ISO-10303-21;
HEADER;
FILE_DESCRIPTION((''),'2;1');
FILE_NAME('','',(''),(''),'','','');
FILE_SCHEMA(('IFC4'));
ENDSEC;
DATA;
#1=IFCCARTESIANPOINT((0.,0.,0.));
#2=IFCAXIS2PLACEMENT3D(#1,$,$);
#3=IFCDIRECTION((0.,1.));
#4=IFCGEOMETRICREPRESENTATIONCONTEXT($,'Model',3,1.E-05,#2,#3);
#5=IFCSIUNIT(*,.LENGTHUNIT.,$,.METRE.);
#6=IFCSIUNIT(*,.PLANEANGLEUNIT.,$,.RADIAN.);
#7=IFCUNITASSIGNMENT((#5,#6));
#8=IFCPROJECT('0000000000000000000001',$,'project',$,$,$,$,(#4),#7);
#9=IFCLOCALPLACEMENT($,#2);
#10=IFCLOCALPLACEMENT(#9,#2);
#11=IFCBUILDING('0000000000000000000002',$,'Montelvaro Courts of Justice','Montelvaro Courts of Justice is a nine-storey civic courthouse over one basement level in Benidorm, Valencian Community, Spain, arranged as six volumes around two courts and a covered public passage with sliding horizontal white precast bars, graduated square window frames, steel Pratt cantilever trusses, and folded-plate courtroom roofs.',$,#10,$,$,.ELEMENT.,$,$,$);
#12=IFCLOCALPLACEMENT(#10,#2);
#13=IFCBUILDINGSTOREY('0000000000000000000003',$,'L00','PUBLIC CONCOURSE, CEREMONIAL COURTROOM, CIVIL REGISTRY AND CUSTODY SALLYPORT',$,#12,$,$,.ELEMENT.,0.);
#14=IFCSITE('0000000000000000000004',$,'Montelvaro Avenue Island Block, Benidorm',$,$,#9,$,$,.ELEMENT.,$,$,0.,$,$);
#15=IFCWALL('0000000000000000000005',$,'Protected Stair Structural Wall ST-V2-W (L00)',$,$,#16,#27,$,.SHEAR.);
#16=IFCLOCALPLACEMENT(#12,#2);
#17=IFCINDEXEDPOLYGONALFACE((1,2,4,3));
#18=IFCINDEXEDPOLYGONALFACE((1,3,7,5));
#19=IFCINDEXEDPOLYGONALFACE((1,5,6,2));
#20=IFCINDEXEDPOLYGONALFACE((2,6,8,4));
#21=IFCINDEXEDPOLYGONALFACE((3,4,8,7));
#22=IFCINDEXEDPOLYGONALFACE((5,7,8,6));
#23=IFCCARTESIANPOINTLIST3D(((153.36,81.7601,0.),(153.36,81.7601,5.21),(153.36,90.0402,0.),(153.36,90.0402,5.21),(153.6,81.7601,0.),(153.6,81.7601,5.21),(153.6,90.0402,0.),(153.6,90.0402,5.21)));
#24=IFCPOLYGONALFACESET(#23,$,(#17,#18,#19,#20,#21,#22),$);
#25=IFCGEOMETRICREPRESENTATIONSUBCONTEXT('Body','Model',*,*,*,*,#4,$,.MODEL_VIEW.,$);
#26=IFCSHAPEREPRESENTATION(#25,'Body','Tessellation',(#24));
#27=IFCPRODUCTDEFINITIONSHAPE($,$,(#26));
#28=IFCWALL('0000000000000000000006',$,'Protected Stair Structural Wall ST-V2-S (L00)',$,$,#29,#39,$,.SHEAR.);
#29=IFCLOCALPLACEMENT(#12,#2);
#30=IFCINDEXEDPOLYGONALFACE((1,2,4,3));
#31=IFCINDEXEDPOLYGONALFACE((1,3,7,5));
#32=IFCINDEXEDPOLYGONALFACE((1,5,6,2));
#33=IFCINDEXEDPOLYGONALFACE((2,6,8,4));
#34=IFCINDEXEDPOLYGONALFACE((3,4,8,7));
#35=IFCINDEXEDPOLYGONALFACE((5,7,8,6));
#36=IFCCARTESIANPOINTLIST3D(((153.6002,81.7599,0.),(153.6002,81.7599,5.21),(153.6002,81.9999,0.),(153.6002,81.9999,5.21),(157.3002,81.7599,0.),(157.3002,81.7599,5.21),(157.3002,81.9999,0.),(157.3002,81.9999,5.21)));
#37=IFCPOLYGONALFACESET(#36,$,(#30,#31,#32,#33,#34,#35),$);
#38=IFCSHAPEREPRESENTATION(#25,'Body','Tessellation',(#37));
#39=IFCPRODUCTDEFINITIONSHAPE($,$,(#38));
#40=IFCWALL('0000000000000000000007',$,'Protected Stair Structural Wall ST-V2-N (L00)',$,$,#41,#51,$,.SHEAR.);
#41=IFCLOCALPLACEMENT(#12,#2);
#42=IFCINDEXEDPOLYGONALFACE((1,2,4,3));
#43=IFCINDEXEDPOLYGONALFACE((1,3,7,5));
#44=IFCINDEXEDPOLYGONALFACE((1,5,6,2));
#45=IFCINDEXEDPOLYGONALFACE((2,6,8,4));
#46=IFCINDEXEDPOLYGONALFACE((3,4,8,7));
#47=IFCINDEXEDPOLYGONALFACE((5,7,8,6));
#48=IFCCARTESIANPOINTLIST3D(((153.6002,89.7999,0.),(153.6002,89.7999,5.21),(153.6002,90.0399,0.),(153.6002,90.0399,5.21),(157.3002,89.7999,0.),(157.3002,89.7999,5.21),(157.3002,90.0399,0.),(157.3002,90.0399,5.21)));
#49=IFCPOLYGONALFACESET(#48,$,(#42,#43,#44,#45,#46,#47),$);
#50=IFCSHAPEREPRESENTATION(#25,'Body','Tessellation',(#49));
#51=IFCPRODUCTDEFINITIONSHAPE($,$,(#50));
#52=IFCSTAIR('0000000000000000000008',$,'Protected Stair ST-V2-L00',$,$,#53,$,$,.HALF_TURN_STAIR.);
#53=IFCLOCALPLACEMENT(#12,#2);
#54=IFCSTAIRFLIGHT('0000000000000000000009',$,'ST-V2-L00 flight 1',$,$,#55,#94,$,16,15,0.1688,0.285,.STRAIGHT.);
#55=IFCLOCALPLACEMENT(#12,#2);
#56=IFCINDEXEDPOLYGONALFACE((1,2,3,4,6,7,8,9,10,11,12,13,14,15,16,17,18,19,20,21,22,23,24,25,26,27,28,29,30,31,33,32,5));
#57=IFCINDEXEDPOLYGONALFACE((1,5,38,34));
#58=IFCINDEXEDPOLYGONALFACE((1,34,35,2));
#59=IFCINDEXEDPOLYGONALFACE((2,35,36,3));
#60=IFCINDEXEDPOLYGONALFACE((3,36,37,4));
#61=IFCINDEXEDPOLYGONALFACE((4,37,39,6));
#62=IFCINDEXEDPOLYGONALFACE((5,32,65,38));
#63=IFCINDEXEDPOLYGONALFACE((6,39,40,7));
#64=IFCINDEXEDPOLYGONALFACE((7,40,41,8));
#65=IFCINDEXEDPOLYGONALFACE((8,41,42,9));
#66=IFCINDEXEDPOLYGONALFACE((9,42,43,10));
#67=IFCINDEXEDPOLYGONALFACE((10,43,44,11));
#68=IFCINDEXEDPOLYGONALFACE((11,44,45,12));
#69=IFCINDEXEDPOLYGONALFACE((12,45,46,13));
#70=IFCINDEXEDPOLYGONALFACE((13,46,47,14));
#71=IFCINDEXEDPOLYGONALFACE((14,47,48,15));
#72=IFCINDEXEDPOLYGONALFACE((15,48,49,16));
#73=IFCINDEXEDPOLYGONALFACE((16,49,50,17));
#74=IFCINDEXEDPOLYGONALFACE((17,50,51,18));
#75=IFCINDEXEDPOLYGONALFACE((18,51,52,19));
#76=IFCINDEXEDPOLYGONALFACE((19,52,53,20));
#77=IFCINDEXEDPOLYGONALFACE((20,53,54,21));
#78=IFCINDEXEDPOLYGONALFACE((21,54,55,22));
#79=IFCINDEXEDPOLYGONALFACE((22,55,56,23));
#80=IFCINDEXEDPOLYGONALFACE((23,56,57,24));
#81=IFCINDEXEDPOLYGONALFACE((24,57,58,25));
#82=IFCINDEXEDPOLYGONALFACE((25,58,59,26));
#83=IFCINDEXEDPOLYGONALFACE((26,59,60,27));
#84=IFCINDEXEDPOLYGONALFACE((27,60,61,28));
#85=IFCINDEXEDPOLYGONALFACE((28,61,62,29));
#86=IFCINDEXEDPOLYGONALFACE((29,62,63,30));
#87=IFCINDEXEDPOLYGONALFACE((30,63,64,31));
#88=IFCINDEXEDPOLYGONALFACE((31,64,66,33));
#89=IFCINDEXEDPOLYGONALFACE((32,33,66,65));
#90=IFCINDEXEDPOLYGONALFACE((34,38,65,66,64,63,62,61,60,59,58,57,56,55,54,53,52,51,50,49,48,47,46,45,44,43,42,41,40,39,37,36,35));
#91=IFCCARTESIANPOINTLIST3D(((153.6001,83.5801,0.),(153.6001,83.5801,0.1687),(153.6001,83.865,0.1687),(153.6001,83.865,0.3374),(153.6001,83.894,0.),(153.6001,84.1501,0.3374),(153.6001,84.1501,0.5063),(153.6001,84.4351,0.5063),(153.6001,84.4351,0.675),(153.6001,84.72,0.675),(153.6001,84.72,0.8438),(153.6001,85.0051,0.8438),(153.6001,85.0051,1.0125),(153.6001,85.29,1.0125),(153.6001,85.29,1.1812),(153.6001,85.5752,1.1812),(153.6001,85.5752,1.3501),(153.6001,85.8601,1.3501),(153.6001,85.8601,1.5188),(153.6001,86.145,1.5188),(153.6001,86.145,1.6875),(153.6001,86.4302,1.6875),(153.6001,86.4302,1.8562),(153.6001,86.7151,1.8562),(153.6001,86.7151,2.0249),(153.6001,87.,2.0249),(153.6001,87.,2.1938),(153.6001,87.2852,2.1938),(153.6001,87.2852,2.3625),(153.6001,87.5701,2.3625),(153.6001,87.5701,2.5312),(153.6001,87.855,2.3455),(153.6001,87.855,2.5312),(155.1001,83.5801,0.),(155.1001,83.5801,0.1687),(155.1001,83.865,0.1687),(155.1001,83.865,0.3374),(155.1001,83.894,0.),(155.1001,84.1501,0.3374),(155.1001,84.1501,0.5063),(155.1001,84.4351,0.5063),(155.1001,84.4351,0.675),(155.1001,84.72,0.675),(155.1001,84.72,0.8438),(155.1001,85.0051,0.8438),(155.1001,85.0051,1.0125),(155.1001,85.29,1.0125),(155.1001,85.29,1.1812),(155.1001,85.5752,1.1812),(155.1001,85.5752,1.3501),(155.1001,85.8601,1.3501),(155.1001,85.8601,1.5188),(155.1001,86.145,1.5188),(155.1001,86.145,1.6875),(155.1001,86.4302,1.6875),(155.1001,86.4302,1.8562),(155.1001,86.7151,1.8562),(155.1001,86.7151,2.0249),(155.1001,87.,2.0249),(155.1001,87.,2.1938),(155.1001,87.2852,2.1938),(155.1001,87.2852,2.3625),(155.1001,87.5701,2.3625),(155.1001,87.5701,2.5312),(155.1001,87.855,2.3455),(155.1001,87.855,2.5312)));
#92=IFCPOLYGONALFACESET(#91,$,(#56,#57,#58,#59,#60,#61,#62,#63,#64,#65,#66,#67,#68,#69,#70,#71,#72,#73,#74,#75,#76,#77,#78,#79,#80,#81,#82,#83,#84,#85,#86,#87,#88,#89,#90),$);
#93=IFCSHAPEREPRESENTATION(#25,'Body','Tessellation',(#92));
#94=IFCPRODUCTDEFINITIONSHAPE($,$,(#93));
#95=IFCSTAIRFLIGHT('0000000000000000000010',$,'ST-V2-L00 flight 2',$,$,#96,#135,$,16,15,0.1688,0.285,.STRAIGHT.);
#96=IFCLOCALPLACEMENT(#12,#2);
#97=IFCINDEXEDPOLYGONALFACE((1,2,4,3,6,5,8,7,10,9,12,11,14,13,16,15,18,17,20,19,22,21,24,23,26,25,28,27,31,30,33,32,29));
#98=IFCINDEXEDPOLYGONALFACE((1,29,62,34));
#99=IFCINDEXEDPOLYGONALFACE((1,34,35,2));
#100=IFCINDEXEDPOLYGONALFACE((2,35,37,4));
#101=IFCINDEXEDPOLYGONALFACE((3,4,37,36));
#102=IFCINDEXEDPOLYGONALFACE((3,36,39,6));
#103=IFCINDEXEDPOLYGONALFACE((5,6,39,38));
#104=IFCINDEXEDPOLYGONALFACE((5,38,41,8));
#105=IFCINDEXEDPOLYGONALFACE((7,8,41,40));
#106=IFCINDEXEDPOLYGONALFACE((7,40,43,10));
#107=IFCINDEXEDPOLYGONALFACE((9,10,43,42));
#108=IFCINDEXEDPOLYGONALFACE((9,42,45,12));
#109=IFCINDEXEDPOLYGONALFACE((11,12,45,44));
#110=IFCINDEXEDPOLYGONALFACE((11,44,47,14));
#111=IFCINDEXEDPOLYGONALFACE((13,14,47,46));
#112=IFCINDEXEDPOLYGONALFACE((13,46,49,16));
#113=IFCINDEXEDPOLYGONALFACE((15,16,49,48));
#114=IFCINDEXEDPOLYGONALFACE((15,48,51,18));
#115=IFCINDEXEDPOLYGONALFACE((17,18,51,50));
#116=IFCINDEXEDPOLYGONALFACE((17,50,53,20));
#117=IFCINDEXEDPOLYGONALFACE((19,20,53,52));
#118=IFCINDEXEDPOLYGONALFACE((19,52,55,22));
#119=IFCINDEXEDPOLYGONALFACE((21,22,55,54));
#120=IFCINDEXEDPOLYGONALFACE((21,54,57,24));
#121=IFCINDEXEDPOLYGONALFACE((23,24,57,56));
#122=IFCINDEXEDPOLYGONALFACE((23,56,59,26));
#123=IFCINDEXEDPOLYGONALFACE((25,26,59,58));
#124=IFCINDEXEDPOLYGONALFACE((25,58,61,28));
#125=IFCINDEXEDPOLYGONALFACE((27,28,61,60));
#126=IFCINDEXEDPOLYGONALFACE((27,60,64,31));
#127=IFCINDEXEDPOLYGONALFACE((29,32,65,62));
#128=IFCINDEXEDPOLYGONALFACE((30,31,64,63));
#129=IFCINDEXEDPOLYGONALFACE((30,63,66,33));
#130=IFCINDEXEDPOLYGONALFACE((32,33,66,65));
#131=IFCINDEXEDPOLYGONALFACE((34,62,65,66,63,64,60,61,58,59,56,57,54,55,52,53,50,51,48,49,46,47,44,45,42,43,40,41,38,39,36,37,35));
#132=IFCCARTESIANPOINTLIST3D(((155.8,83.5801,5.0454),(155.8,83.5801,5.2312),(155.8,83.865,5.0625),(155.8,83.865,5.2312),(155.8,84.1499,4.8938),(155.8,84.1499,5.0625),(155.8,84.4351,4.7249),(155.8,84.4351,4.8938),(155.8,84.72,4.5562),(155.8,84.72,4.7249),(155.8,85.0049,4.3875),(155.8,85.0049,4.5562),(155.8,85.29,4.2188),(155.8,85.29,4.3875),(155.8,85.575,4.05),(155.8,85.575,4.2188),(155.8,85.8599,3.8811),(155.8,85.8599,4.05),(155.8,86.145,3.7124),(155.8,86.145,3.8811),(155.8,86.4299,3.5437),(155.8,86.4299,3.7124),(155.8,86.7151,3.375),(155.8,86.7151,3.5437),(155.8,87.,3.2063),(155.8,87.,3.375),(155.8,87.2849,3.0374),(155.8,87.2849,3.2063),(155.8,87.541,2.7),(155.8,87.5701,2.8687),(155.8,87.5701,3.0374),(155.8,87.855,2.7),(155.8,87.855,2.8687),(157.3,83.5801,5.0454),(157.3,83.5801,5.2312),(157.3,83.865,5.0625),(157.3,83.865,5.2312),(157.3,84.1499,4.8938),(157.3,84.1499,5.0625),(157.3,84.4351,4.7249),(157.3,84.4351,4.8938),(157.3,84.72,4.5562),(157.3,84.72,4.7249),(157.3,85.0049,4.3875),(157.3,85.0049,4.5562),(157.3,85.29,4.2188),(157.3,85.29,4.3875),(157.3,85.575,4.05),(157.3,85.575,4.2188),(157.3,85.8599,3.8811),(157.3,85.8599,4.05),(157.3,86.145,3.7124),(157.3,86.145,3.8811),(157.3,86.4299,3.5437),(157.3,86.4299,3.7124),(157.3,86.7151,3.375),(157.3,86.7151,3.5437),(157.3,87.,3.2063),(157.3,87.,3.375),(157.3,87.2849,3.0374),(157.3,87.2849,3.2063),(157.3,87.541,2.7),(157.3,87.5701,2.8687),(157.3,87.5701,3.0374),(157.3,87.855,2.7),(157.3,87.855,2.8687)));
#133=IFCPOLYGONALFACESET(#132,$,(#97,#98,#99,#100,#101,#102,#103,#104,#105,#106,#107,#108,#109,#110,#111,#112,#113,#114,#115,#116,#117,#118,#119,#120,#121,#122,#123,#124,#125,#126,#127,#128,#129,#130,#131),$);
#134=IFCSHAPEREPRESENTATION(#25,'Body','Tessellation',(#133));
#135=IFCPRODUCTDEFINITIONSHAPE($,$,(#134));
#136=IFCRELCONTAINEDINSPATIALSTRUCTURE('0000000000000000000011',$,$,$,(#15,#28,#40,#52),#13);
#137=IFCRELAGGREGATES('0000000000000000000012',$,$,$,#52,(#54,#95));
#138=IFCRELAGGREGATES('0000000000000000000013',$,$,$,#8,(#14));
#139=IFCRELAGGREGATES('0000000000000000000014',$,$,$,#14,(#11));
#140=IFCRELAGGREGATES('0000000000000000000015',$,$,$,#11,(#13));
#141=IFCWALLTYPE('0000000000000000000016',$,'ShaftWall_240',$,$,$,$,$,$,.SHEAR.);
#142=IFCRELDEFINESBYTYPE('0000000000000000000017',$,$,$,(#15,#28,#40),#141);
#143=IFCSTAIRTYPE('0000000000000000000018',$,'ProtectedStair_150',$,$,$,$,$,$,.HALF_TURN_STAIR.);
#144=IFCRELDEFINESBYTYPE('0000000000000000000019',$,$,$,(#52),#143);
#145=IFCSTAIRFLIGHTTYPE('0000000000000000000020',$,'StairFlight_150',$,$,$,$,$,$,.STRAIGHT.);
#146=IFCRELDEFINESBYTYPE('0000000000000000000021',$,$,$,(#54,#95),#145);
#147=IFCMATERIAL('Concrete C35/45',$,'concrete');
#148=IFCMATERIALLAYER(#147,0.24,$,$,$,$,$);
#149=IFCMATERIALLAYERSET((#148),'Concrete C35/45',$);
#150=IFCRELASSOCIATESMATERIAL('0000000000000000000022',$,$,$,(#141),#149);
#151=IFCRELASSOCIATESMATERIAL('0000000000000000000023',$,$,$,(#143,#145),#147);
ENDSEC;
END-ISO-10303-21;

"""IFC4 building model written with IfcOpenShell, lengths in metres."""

from ifc_helpers import new_model, si_unit, direction, frame, frame_2d, origin, place, context, subcontext, project, spatial, polyline, rectangle, outline, extrude, material, layer, layer_set, type_object, element, aggregate, save


model = new_model("IFC4")

# Units and contexts
model_context = context("Model", 3, precision=1e-05, world=origin(), true_north=direction((0.0, 1.0)))
body_context = subcontext(model_context, "Body", "Model", "MODEL_VIEW")
ifc_project = project(units=[si_unit("LENGTHUNIT", "METRE"), si_unit("PLANEANGLEUNIT", "RADIAN")], contexts=[model_context])

# Site, building, storey
site_placement = place(None, origin())
site = spatial("IfcSite", under=ifc_project, at=site_placement, Name="Montelvaro Avenue Island Block, Benidorm", CompositionType="ELEMENT", RefElevation=0.0)
building_placement = place(site_placement, origin())
building = spatial("IfcBuilding", under=site, at=building_placement, Name="Montelvaro Courts of Justice", Description="Montelvaro Courts of Justice is a nine-storey civic courthouse over one basement level in Benidorm, Valencian Community, Spain, arranged as six volumes around two courts and a covered public passage with sliding horizontal white precast bars, graduated square window frames, steel Pratt cantilever trusses, and folded-plate courtroom roofs.", CompositionType="ELEMENT")
storey_placement = place(building_placement, origin())
storey = spatial("IfcBuildingStorey", under=building, at=storey_placement, Name="L00", Description="PUBLIC CONCOURSE, CEREMONIAL COURTROOM, CIVIL REGISTRY AND CUSTODY SALLYPORT", CompositionType="ELEMENT", Elevation=0.0)

# Walls
ifc_material_1 = material(Name="Concrete C35/45", Category="concrete")
ifc_layer_1 = layer(ifc_material_1, 0.24)
ifc_layer_set_1 = layer_set([ifc_layer_1], Name="Concrete C35/45")
wall_type_1 = type_object("IfcWallType", Name="ShaftWall_240", PredefinedType="SHEAR", material=ifc_layer_set_1)
wall_1_placement = place(storey_placement, frame((153.48, 81.76, 0.0), z_axis=(0.0, 0.0, 1.0), x_axis=(0.0, 1.0, 0.0)))
element("IfcWall", 1, at=wall_1_placement, inside=storey, type_object=wall_type_1, Name="Protected Stair Structural Wall ST-V2-W (L00)", PredefinedType="SHEAR", context=body_context, shape_type="SweptSolid", body=[
    extrude(rectangle(XDim=8.28, YDim=0.24, at=frame_2d((4.1401, 0.0))), origin(), (0.0, 0.0, 1.0), 5.21),
])
for number, where, z_axis, x_axis, name in (
    (2, (153.6001, 81.8799, 0.0), (0.0, 0.0, 1.0), (1.0, 0.0, 0.0), "Protected Stair Structural Wall ST-V2-S (L00)"),
    (3, (153.6001, 89.9199, 0.0), (0.0, 0.0, 1.0), (1.0, 0.0, 0.0), "Protected Stair Structural Wall ST-V2-N (L00)"),
):
    element("IfcWall", number, at=place(storey_placement, frame(where, z_axis=z_axis, x_axis=x_axis)), inside=storey, type_object=wall_type_1, Name=name, PredefinedType="SHEAR", context=body_context, shape_type="SweptSolid", body=[
        extrude(rectangle(XDim=3.7, YDim=0.24, at=frame_2d((1.8501, 0.0))), origin(), (0.0, 0.0, 1.0), 5.21),
    ])

# Stair, stair flights
stair_type = type_object("IfcStairType", Name="ProtectedStair_150", PredefinedType="HALF_TURN_STAIR", material=ifc_material_1)
stair_placement = place(storey_placement, origin())
stair = element("IfcStair", 4, at=stair_placement, inside=storey, type_object=stair_type, Name="Protected Stair ST-V2-L00", PredefinedType="HALF_TURN_STAIR")
stair_flight_type = type_object("IfcStairFlightType", Name="StairFlight_150", PredefinedType="STRAIGHT", material=ifc_material_1)
stair_flight_1_placement = place(storey_placement, frame((154.3501, 83.5801, 0.0), z_axis=(0.0, 0.0, 1.0), x_axis=(0.0, 1.0, 0.0)))
stair_flight_1 = element("IfcStairFlight", 5, at=stair_flight_1_placement, type_object=stair_flight_type, Name="ST-V2-L00 flight 1", NumberOfRisers=16, NumberOfTreads=15, PredefinedType="STRAIGHT", RiserHeight=0.1688, TreadLength=0.285, context=body_context, shape_type="SweptSolid", body=[
    extrude(outline(polyline([(0.0, 0.0), (0.0, 0.1687), (0.2849, 0.1687), (0.2849, 0.3374), (0.5701, 0.3374), (0.5701, 0.5063), (0.855, 0.5063), (0.855, 0.675), (1.1399, 0.675), (1.1399, 0.8438), (1.425, 0.8438), (1.425, 1.0125), (1.71, 1.0125), (1.71, 1.1812), (1.9951, 1.1812), (1.9951, 1.3501), (2.28, 1.3501), (2.28, 1.5188), (2.5649, 1.5188), (2.5649, 1.6875), (2.8501, 1.6875), (2.8501, 1.8562), (3.135, 1.8562), (3.135, 2.0249), (3.4199, 2.0249), (3.4199, 2.1938), (3.7051, 2.1938), (3.7051, 2.3625), (3.99, 2.3625), (3.99, 2.5312), (4.2749, 2.5312), (4.2749, 2.7), (4.2749, 2.3455), (0.314, 0.0), (0.0, 0.0)])), frame((0.0, 0.75, 0.0), z_axis=(0.0, -1.0, 0.0), x_axis=(1.0, 0.0, 0.0)), (0.0, 0.0, 1.0), 1.5),
])
stair_flight_2_placement = place(storey_placement, frame((156.55, 87.855, 2.7), z_axis=(0.0, 0.0, 1.0), x_axis=(0.0, -1.0, 0.0)))
stair_flight_2 = element("IfcStairFlight", 6, at=stair_flight_2_placement, type_object=stair_flight_type, Name="ST-V2-L00 flight 2", NumberOfRisers=16, NumberOfTreads=15, PredefinedType="STRAIGHT", RiserHeight=0.1688, TreadLength=0.285, context=body_context, shape_type="SweptSolid", body=[
    extrude(outline(polyline([(0.0, 0.0), (0.0, 0.1687), (0.2849, 0.1687), (0.2849, 0.3374), (0.5701, 0.3374), (0.5701, 0.5063), (0.855, 0.5063), (0.855, 0.675), (1.1399, 0.675), (1.1399, 0.8438), (1.425, 0.8438), (1.425, 1.0125), (1.71, 1.0125), (1.71, 1.1812), (1.9951, 1.1812), (1.9951, 1.3501), (2.28, 1.3501), (2.28, 1.5188), (2.5649, 1.5188), (2.5649, 1.6875), (2.8501, 1.6875), (2.8501, 1.8562), (3.135, 1.8562), (3.135, 2.0249), (3.4199, 2.0249), (3.4199, 2.1938), (3.7051, 2.1938), (3.7051, 2.3625), (3.99, 2.3625), (3.99, 2.5312), (4.2749, 2.5312), (4.2749, 2.7), (4.2749, 2.3455), (0.314, 0.0), (0.0, 0.0)])), frame((0.0, 0.75, 0.0), z_axis=(0.0, -1.0, 0.0), x_axis=(1.0, 0.0, 0.0)), (0.0, 0.0, 1.0), 1.5),
])
aggregate(stair, [stair_flight_1, stair_flight_2])

save(model, "model.ifc")
